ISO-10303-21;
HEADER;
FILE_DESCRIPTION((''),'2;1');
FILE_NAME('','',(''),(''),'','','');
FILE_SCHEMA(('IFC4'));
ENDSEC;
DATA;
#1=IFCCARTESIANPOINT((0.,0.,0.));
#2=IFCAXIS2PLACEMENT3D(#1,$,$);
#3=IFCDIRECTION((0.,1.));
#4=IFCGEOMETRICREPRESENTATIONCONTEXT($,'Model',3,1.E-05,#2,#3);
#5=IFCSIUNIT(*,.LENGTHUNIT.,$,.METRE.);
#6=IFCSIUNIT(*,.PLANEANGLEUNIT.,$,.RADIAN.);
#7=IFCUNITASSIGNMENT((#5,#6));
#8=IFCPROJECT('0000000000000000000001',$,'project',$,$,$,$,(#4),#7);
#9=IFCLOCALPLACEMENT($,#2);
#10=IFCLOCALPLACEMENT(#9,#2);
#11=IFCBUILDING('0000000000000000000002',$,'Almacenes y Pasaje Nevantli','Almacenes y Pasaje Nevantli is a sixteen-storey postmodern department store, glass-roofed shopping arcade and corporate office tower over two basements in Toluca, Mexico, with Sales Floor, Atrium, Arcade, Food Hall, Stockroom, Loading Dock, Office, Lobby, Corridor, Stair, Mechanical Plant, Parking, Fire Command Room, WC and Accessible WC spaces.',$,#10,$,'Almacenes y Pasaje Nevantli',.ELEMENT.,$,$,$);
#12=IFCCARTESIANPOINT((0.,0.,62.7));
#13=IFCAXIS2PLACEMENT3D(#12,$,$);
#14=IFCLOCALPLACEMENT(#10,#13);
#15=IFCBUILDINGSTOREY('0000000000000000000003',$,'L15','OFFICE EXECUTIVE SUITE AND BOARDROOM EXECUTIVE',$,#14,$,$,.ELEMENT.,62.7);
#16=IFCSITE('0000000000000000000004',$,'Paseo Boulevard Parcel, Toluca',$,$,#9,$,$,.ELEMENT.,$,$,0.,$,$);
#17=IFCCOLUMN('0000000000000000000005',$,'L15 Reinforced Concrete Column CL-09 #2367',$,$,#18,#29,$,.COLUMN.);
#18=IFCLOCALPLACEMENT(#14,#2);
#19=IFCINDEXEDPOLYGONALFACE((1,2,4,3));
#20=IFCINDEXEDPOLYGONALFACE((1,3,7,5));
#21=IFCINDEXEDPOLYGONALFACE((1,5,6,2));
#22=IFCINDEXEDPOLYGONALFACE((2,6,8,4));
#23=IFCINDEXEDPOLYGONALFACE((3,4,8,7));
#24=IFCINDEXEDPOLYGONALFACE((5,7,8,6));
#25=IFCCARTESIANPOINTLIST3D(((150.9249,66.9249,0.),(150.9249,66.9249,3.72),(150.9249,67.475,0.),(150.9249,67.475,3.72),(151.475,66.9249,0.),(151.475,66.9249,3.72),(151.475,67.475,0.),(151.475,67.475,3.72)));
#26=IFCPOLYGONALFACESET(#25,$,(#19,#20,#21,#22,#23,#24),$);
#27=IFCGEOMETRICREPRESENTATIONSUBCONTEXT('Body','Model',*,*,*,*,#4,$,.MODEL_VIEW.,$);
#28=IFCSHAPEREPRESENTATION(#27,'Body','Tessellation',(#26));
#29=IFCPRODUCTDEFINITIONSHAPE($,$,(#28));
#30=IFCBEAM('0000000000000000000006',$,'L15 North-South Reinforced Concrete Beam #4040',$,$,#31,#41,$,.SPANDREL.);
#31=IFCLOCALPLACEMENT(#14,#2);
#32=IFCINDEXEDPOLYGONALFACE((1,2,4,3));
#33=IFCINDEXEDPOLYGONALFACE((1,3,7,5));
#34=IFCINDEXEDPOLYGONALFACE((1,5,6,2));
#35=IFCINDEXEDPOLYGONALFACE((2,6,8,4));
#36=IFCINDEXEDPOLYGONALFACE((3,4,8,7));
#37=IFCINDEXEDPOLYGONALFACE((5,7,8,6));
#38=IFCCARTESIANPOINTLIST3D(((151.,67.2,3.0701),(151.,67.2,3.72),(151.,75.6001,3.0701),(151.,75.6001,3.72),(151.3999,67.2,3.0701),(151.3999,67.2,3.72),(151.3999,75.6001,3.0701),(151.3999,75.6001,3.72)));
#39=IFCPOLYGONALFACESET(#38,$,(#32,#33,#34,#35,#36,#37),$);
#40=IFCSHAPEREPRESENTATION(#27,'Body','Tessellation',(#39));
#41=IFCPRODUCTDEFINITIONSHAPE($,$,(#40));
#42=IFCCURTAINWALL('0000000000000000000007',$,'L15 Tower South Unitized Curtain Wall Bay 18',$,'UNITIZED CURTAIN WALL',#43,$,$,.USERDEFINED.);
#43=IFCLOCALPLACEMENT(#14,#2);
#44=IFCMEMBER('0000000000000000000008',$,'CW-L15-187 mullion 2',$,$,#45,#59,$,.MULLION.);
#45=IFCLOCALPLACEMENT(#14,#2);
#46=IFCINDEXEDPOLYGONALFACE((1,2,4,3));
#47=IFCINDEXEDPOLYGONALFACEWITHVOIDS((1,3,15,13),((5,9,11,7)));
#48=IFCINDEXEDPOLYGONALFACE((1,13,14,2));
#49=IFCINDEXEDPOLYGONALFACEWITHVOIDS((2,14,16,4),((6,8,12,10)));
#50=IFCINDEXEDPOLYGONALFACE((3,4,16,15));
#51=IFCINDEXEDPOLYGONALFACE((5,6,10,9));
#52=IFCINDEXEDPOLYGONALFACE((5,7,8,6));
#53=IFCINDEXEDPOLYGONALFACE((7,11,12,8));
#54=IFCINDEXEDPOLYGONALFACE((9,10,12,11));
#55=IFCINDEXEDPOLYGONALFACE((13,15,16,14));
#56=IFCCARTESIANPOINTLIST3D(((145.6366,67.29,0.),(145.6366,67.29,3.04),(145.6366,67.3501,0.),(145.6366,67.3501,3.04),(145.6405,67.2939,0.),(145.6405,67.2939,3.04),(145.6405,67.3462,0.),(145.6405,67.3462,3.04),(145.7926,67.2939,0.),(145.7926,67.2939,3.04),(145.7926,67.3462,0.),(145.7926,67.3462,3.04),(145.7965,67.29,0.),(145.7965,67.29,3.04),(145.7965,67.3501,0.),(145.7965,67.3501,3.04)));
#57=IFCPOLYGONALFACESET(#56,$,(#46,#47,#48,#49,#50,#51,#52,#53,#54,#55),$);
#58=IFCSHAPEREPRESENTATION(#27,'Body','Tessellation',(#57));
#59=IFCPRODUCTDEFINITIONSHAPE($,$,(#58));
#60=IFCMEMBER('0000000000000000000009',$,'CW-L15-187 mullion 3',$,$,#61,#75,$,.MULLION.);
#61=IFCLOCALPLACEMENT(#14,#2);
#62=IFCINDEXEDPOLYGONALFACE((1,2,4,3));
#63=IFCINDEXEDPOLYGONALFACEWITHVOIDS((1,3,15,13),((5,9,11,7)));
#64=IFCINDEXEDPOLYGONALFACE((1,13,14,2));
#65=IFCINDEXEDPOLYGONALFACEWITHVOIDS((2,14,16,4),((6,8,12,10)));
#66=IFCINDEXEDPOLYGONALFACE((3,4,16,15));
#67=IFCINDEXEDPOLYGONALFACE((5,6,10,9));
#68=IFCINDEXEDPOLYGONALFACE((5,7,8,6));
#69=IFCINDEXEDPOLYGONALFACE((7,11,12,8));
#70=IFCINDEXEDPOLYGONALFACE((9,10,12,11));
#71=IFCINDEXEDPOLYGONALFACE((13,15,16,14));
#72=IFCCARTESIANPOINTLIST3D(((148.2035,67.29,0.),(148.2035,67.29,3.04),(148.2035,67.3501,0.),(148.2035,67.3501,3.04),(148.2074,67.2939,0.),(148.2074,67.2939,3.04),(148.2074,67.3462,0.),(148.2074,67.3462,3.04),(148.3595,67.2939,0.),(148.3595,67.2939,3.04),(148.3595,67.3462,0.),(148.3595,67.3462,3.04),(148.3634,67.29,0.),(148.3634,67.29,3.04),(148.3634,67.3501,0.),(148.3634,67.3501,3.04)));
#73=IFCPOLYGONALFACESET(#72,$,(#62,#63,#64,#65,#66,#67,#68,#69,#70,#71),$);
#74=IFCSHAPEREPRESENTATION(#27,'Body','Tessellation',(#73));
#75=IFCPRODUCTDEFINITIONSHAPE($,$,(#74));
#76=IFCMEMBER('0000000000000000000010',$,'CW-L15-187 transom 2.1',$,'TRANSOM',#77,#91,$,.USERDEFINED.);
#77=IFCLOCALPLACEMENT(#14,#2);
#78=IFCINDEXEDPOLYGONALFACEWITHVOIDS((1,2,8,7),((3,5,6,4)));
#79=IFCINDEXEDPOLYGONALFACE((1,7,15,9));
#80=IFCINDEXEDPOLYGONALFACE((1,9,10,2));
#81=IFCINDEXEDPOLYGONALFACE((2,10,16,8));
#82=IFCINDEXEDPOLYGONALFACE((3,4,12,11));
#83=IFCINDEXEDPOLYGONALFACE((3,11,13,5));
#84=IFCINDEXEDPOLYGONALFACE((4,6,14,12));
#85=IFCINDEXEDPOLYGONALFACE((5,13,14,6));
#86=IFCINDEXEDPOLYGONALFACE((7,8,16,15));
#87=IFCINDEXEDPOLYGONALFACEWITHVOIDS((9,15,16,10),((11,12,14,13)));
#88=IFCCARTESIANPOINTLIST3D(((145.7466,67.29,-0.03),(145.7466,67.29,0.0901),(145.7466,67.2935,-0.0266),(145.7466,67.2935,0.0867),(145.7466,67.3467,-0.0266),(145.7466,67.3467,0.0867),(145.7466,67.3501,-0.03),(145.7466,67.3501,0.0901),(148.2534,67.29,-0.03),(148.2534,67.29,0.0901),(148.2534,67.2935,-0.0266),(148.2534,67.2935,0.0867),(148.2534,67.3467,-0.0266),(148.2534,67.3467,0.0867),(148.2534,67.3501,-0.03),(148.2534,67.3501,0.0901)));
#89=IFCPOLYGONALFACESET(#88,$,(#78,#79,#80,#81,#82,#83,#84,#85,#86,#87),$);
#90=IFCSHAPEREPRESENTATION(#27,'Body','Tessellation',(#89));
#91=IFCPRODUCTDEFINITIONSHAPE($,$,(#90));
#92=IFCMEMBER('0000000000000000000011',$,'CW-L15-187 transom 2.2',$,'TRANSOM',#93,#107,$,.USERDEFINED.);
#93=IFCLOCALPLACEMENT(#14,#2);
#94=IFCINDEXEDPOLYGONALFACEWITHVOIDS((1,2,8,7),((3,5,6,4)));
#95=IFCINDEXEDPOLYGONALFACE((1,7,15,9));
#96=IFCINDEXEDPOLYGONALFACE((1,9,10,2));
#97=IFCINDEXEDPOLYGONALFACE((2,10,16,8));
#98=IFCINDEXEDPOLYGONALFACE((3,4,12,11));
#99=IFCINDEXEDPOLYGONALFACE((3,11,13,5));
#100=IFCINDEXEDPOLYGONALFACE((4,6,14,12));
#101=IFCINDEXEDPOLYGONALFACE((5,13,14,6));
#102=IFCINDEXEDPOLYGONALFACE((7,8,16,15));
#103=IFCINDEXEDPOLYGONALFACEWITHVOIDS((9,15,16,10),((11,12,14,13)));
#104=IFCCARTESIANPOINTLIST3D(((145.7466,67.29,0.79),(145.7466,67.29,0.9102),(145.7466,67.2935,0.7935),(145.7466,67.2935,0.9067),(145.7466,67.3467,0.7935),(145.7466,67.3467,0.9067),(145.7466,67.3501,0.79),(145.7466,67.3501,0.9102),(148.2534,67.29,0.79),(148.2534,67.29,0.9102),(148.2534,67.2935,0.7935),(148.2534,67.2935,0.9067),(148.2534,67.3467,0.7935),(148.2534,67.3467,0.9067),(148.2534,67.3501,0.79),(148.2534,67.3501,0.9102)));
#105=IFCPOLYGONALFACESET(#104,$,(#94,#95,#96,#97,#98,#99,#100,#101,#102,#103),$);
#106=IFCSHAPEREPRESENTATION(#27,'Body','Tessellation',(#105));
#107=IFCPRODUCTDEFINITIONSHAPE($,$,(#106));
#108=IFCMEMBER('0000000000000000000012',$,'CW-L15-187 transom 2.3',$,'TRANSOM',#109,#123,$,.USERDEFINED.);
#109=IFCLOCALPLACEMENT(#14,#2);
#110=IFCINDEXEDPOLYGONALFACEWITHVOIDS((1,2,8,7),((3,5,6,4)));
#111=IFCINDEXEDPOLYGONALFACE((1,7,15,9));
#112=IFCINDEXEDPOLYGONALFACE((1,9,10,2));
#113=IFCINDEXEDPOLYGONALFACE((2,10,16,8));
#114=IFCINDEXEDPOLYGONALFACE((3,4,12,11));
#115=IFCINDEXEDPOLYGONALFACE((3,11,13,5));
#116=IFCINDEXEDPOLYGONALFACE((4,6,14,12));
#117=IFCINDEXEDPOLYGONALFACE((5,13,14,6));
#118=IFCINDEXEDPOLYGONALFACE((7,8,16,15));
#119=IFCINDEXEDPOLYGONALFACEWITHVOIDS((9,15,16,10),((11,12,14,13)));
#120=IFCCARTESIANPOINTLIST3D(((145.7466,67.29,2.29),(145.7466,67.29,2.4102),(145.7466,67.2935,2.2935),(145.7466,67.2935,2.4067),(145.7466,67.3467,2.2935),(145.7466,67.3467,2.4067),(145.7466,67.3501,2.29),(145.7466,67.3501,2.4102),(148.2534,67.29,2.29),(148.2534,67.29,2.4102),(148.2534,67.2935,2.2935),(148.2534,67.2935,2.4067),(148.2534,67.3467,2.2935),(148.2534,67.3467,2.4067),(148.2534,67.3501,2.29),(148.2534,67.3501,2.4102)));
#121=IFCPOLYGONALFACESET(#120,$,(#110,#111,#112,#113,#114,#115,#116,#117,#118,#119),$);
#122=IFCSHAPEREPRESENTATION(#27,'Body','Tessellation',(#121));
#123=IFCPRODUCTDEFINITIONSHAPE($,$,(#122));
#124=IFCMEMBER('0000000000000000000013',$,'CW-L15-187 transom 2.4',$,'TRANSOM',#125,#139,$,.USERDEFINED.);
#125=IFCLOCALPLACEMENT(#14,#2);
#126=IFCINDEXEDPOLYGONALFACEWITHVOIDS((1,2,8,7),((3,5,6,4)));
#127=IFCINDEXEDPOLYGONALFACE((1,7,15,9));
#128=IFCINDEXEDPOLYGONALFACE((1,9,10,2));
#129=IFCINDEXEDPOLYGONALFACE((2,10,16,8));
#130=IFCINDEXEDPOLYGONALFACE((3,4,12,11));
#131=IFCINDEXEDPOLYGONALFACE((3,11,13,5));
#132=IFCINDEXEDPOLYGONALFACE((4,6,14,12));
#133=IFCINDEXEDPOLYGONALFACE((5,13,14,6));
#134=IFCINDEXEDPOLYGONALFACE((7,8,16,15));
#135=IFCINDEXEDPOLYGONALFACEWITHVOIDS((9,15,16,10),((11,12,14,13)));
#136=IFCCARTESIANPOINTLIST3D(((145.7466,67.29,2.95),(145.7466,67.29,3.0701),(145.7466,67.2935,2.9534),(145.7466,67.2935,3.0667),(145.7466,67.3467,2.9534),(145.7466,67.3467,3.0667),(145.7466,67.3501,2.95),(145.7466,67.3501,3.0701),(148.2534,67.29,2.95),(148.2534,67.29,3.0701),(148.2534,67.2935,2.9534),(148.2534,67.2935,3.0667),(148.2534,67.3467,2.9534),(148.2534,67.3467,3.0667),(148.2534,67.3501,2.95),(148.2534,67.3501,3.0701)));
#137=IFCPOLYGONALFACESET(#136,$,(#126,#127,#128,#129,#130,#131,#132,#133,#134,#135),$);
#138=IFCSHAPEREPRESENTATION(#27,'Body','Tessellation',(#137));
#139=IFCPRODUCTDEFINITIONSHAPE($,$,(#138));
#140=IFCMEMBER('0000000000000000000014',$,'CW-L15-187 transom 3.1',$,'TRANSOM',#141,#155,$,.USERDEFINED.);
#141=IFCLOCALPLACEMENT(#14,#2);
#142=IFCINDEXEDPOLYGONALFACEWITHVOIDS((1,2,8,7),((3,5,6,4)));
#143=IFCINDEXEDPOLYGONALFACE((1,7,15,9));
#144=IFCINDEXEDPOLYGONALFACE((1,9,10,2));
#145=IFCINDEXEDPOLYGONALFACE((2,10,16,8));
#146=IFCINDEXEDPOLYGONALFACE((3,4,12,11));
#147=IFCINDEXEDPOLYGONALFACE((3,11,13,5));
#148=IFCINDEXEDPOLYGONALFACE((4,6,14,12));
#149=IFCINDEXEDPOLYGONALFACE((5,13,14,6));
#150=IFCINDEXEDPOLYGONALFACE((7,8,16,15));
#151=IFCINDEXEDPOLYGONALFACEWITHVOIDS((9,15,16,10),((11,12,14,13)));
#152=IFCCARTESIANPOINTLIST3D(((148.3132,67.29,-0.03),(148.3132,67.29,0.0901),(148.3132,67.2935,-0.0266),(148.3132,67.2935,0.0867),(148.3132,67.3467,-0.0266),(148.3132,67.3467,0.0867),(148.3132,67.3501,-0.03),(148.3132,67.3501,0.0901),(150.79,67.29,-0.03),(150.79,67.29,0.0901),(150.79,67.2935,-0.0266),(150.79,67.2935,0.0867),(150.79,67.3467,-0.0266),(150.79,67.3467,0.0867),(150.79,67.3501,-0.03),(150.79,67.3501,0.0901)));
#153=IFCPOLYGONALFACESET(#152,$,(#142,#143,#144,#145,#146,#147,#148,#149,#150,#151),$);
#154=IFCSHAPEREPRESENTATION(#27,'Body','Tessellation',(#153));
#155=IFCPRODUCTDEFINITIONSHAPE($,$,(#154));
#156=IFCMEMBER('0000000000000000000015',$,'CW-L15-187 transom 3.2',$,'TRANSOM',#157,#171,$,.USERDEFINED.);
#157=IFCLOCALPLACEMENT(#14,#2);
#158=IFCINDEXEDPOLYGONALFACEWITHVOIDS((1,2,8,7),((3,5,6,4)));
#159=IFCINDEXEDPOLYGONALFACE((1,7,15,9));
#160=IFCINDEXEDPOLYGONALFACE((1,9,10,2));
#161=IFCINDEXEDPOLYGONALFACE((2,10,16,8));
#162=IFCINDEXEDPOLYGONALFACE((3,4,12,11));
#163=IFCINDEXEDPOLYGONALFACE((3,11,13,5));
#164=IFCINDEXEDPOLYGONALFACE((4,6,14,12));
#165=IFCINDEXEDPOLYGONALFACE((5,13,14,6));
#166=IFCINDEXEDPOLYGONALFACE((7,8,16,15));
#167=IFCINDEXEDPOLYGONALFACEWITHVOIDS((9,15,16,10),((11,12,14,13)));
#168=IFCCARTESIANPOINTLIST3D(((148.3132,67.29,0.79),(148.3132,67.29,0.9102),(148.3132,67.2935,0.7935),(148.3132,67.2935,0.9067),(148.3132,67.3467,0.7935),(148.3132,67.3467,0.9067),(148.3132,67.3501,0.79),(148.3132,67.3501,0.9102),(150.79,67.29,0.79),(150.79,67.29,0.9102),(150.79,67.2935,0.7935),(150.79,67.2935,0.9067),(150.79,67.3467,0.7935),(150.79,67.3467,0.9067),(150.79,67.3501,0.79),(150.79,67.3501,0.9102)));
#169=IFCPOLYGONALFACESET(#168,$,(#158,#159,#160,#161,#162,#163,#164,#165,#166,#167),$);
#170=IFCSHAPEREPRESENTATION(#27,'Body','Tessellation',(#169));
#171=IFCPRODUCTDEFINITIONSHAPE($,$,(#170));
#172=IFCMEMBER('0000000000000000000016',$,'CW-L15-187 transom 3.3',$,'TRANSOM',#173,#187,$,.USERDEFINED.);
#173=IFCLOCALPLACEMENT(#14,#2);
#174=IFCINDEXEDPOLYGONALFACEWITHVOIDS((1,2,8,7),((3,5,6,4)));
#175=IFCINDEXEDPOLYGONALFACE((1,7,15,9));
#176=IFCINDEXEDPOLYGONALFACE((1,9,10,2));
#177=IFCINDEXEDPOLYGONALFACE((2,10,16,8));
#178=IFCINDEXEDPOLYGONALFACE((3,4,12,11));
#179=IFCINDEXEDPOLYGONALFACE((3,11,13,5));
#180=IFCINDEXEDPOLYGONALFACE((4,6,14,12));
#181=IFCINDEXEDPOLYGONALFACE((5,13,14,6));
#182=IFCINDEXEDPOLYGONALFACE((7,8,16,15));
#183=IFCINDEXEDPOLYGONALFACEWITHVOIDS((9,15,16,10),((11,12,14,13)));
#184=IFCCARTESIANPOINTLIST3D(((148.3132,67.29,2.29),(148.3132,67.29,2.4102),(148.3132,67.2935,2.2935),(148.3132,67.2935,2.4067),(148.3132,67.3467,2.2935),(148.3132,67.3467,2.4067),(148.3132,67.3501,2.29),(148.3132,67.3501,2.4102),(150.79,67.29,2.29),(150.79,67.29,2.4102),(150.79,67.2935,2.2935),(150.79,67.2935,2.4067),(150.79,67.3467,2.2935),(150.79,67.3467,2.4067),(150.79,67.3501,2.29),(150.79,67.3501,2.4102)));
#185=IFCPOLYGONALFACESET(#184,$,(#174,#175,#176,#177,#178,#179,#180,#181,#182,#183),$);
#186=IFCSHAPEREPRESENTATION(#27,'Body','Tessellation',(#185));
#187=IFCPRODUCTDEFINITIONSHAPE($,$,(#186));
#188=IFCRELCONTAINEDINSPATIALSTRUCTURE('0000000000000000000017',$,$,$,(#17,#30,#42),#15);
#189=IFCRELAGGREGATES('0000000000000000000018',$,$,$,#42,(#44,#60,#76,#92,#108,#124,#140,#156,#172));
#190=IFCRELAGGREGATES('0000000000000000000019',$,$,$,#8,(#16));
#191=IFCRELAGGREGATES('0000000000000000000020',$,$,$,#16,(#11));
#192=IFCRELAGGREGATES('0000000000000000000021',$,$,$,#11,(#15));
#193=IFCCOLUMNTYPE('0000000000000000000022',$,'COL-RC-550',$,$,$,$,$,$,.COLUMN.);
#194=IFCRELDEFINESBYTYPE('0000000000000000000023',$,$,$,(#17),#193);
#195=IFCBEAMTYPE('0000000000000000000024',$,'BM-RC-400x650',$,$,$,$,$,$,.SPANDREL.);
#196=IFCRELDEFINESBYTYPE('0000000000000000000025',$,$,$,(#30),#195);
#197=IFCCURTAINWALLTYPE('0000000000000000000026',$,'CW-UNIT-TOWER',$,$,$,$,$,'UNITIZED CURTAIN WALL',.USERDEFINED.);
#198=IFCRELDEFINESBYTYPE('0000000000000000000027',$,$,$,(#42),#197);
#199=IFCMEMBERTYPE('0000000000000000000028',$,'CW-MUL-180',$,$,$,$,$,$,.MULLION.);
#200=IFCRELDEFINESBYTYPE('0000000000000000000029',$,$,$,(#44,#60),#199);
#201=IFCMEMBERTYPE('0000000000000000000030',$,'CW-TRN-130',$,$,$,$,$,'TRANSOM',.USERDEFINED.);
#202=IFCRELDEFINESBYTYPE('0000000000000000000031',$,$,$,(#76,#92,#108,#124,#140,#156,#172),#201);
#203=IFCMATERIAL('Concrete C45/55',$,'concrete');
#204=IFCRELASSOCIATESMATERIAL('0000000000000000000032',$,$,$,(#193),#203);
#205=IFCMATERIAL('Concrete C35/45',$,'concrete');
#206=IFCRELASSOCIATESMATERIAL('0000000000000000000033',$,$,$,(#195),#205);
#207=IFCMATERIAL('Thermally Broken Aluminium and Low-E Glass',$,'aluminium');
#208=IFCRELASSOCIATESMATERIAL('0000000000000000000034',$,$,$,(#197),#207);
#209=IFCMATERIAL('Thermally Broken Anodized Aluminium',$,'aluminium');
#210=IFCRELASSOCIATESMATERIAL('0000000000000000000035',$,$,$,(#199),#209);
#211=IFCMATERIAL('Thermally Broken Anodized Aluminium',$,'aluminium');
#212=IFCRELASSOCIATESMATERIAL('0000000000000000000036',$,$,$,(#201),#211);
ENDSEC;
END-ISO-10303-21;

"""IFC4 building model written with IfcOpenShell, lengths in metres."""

from ifc_helpers import new_model, si_unit, direction, frame, origin, origin_2d, place, context, subcontext, project, spatial, rectangle, hollow_rectangle, extrude, material, material_profile, profile_set, type_object, element, aggregate, save


model = new_model("IFC4")

# Units and contexts
model_context = context("Model", 3, precision=1e-05, world=origin(), true_north=direction((0.0, 1.0)))
body_context = subcontext(model_context, "Body", "Model", "MODEL_VIEW")
ifc_project = project(units=[si_unit("LENGTHUNIT", "METRE"), si_unit("PLANEANGLEUNIT", "RADIAN")], contexts=[model_context])

# Site, building, storey
site_placement = place(None, origin())
site = spatial("IfcSite", under=ifc_project, at=site_placement, Name="Paseo Boulevard Parcel, Toluca", CompositionType="ELEMENT", RefElevation=0.0)
building_placement = place(site_placement, origin())
building = spatial("IfcBuilding", under=site, at=building_placement, Name="Almacenes y Pasaje Nevantli", Description="Almacenes y Pasaje Nevantli is a sixteen-storey postmodern department store, glass-roofed shopping arcade and corporate office tower over two basements in Toluca, Mexico, with Sales Floor, Atrium, Arcade, Food Hall, Stockroom, Loading Dock, Office, Lobby, Corridor, Stair, Mechanical Plant, Parking, Fire Command Room, WC and Accessible WC spaces.", LongName="Almacenes y Pasaje Nevantli", CompositionType="ELEMENT")
storey_placement = place(building_placement, frame((0.0, 0.0, 62.7)))
storey = spatial("IfcBuildingStorey", under=building, at=storey_placement, Name="L15", Description="OFFICE EXECUTIVE SUITE AND BOARDROOM EXECUTIVE", CompositionType="ELEMENT", Elevation=62.7)

# Column
ifc_material_1 = material(Name="Concrete C45/55", Category="concrete")
ifc_material_profile_1 = material_profile(ifc_material_1, rectangle(XDim=0.55, YDim=0.55, at=origin_2d()), Name="RC-COL-550x550")
ifc_profile_set_1 = profile_set([ifc_material_profile_1], Name="Concrete C45/55")
column_type = type_object("IfcColumnType", Name="COL-RC-550", PredefinedType="COLUMN", material=ifc_profile_set_1)
column_placement = place(storey_placement, frame((151.2, 67.2, 0.0), z_axis=(0.0, 0.0, 1.0), x_axis=(1.0, 0.0, 0.0)))
element("IfcColumn", 1, at=column_placement, inside=storey, type_object=column_type, Name="L15 Reinforced Concrete Column CL-09 #2367", PredefinedType="COLUMN", context=body_context, shape_type="SweptSolid", body=[
    extrude(rectangle(XDim=0.55, YDim=0.55, at=origin_2d()), origin(), (0.0, 0.0, 1.0), 3.72),
])

# Beam
ifc_material_2 = material(Name="Concrete C35/45", Category="concrete")
ifc_material_profile_2 = material_profile(ifc_material_2, rectangle(XDim=0.3999, YDim=0.6499, at=origin_2d()), Name="RC-BM-400x650")
ifc_profile_set_2 = profile_set([ifc_material_profile_2], Name="Concrete C35/45")
beam_type = type_object("IfcBeamType", Name="BM-RC-400x650", PredefinedType="SPANDREL", material=ifc_profile_set_2)
beam_placement = place(storey_placement, frame((151.2, 67.2, 3.395), z_axis=(0.0, 1.0, 0.0), x_axis=(-1.0, 0.0, 0.0)))
element("IfcBeam", 2, at=beam_placement, inside=storey, type_object=beam_type, Name="L15 North-South Reinforced Concrete Beam #4040", PredefinedType="SPANDREL", context=body_context, shape_type="SweptSolid", body=[
    extrude(rectangle(XDim=0.3999, YDim=0.6499, at=origin_2d()), origin(), (0.0, 0.0, 1.0), 8.4001),
])

# Curtain wall, members
ifc_material_3 = material(Name="Thermally Broken Aluminium and Low-E Glass", Category="aluminium")
curtain_wall_type = type_object("IfcCurtainWallType", Name="CW-UNIT-TOWER", ElementType="UNITIZED CURTAIN WALL", PredefinedType="USERDEFINED", material=ifc_material_3)
curtain_wall_placement = place(storey_placement, origin())
curtain_wall = element("IfcCurtainWall", 3, at=curtain_wall_placement, inside=storey, type_object=curtain_wall_type, Name="L15 Tower South Unitized Curtain Wall Bay 18", ObjectType="UNITIZED CURTAIN WALL", PredefinedType="USERDEFINED")
ifc_material_4 = material(Name="Thermally Broken Anodized Aluminium", Category="aluminium")
ifc_material_profile_3 = material_profile(ifc_material_4, hollow_rectangle(XDim=0.0601, YDim=0.1599, WallThickness=0.0039, at=origin_2d()), Name="ALU-MUL-60x160")
ifc_profile_set_3 = profile_set([ifc_material_profile_3], Name="Thermally Broken Anodized Aluminium")
member_type_1 = type_object("IfcMemberType", Name="CW-MUL-180", PredefinedType="MULLION", material=ifc_profile_set_3)
member_1_placement = place(storey_placement, frame((145.7166, 67.3201, 0.0), z_axis=(0.0, 0.0, 1.0), x_axis=(0.0, 1.0, 0.0)))
member_1 = element("IfcMember", 4, at=member_1_placement, type_object=member_type_1, Name="CW-L15-187 mullion 2", PredefinedType="MULLION", context=body_context, shape_type="SweptSolid", body=[
    extrude(hollow_rectangle(XDim=0.0601, YDim=0.1599, WallThickness=0.0039, at=origin_2d()), origin(), (0.0, 0.0, 1.0), 3.04),
])
member_2_placement = place(storey_placement, frame((148.2834, 67.3201, 0.0), z_axis=(0.0, 0.0, 1.0), x_axis=(0.0, 1.0, 0.0)))
member_2 = element("IfcMember", 5, at=member_2_placement, type_object=member_type_1, Name="CW-L15-187 mullion 3", PredefinedType="MULLION", context=body_context, shape_type="SweptSolid", body=[
    extrude(hollow_rectangle(XDim=0.0601, YDim=0.1599, WallThickness=0.0039, at=origin_2d()), origin(), (0.0, 0.0, 1.0), 3.04),
])
ifc_material_5 = material(Name="Thermally Broken Anodized Aluminium", Category="aluminium")
ifc_material_profile_4 = material_profile(ifc_material_5, hollow_rectangle(XDim=0.0601, YDim=0.1201, WallThickness=0.0034, at=origin_2d()), Name="ALU-TRN-60x120")
ifc_profile_set_4 = profile_set([ifc_material_profile_4], Name="Thermally Broken Anodized Aluminium")
member_type_2 = type_object("IfcMemberType", Name="CW-TRN-130", ElementType="TRANSOM", PredefinedType="USERDEFINED", material=ifc_profile_set_4)
member_3_placement = place(storey_placement, frame((145.7466, 67.3201, 0.03), z_axis=(1.0, 0.0, 0.0), x_axis=(0.0, 1.0, 0.0)))
member_3 = element("IfcMember", 6, at=member_3_placement, type_object=member_type_2, Name="CW-L15-187 transom 2.1", ObjectType="TRANSOM", PredefinedType="USERDEFINED", context=body_context, shape_type="SweptSolid", body=[
    extrude(hollow_rectangle(XDim=0.0601, YDim=0.1201, WallThickness=0.0034, at=origin_2d()), origin(), (0.0, 0.0, 1.0), 2.5068),
])
member_4_placement = place(storey_placement, frame((145.7466, 67.3201, 0.8501), z_axis=(1.0, 0.0, 0.0), x_axis=(0.0, 1.0, 0.0)))
member_4 = element("IfcMember", 7, at=member_4_placement, type_object=member_type_2, Name="CW-L15-187 transom 2.2", ObjectType="TRANSOM", PredefinedType="USERDEFINED", context=body_context, shape_type="SweptSolid", body=[
    extrude(hollow_rectangle(XDim=0.0601, YDim=0.1201, WallThickness=0.0034, at=origin_2d()), origin(), (0.0, 0.0, 1.0), 2.5068),
])
member_5_placement = place(storey_placement, frame((145.7466, 67.3201, 2.3501), z_axis=(1.0, 0.0, 0.0), x_axis=(0.0, 1.0, 0.0)))
member_5 = element("IfcMember", 8, at=member_5_placement, type_object=member_type_2, Name="CW-L15-187 transom 2.3", ObjectType="TRANSOM", PredefinedType="USERDEFINED", context=body_context, shape_type="SweptSolid", body=[
    extrude(hollow_rectangle(XDim=0.0601, YDim=0.1201, WallThickness=0.0034, at=origin_2d()), origin(), (0.0, 0.0, 1.0), 2.5068),
])
member_6_placement = place(storey_placement, frame((145.7466, 67.3201, 3.01), z_axis=(1.0, 0.0, 0.0), x_axis=(0.0, 1.0, 0.0)))
member_6 = element("IfcMember", 9, at=member_6_placement, type_object=member_type_2, Name="CW-L15-187 transom 2.4", ObjectType="TRANSOM", PredefinedType="USERDEFINED", context=body_context, shape_type="SweptSolid", body=[
    extrude(hollow_rectangle(XDim=0.0601, YDim=0.1201, WallThickness=0.0034, at=origin_2d()), origin(), (0.0, 0.0, 1.0), 2.5068),
])
member_7_placement = place(storey_placement, frame((148.3132, 67.3201, 0.03), z_axis=(1.0, 0.0, 0.0), x_axis=(0.0, 1.0, 0.0)))
member_7 = element("IfcMember", 10, at=member_7_placement, type_object=member_type_2, Name="CW-L15-187 transom 3.1", ObjectType="TRANSOM", PredefinedType="USERDEFINED", context=body_context, shape_type="SweptSolid", body=[
    extrude(hollow_rectangle(XDim=0.0601, YDim=0.1201, WallThickness=0.0034, at=origin_2d()), origin(), (0.0, 0.0, 1.0), 2.4768),
])
member_8_placement = place(storey_placement, frame((148.3132, 67.3201, 0.8501), z_axis=(1.0, 0.0, 0.0), x_axis=(0.0, 1.0, 0.0)))
member_8 = element("IfcMember", 11, at=member_8_placement, type_object=member_type_2, Name="CW-L15-187 transom 3.2", ObjectType="TRANSOM", PredefinedType="USERDEFINED", context=body_context, shape_type="SweptSolid", body=[
    extrude(hollow_rectangle(XDim=0.0601, YDim=0.1201, WallThickness=0.0034, at=origin_2d()), origin(), (0.0, 0.0, 1.0), 2.4768),
])
member_9_placement = place(storey_placement, frame((148.3132, 67.3201, 2.3501), z_axis=(1.0, 0.0, 0.0), x_axis=(0.0, 1.0, 0.0)))
member_9 = element("IfcMember", 12, at=member_9_placement, type_object=member_type_2, Name="CW-L15-187 transom 3.3", ObjectType="TRANSOM", PredefinedType="USERDEFINED", context=body_context, shape_type="SweptSolid", body=[
    extrude(hollow_rectangle(XDim=0.0601, YDim=0.1201, WallThickness=0.0034, at=origin_2d()), origin(), (0.0, 0.0, 1.0), 2.4768),
])
aggregate(curtain_wall, [member_1, member_2, member_3, member_4, member_5, member_6, member_7, member_8, member_9])

save(model, "model.ifc")
